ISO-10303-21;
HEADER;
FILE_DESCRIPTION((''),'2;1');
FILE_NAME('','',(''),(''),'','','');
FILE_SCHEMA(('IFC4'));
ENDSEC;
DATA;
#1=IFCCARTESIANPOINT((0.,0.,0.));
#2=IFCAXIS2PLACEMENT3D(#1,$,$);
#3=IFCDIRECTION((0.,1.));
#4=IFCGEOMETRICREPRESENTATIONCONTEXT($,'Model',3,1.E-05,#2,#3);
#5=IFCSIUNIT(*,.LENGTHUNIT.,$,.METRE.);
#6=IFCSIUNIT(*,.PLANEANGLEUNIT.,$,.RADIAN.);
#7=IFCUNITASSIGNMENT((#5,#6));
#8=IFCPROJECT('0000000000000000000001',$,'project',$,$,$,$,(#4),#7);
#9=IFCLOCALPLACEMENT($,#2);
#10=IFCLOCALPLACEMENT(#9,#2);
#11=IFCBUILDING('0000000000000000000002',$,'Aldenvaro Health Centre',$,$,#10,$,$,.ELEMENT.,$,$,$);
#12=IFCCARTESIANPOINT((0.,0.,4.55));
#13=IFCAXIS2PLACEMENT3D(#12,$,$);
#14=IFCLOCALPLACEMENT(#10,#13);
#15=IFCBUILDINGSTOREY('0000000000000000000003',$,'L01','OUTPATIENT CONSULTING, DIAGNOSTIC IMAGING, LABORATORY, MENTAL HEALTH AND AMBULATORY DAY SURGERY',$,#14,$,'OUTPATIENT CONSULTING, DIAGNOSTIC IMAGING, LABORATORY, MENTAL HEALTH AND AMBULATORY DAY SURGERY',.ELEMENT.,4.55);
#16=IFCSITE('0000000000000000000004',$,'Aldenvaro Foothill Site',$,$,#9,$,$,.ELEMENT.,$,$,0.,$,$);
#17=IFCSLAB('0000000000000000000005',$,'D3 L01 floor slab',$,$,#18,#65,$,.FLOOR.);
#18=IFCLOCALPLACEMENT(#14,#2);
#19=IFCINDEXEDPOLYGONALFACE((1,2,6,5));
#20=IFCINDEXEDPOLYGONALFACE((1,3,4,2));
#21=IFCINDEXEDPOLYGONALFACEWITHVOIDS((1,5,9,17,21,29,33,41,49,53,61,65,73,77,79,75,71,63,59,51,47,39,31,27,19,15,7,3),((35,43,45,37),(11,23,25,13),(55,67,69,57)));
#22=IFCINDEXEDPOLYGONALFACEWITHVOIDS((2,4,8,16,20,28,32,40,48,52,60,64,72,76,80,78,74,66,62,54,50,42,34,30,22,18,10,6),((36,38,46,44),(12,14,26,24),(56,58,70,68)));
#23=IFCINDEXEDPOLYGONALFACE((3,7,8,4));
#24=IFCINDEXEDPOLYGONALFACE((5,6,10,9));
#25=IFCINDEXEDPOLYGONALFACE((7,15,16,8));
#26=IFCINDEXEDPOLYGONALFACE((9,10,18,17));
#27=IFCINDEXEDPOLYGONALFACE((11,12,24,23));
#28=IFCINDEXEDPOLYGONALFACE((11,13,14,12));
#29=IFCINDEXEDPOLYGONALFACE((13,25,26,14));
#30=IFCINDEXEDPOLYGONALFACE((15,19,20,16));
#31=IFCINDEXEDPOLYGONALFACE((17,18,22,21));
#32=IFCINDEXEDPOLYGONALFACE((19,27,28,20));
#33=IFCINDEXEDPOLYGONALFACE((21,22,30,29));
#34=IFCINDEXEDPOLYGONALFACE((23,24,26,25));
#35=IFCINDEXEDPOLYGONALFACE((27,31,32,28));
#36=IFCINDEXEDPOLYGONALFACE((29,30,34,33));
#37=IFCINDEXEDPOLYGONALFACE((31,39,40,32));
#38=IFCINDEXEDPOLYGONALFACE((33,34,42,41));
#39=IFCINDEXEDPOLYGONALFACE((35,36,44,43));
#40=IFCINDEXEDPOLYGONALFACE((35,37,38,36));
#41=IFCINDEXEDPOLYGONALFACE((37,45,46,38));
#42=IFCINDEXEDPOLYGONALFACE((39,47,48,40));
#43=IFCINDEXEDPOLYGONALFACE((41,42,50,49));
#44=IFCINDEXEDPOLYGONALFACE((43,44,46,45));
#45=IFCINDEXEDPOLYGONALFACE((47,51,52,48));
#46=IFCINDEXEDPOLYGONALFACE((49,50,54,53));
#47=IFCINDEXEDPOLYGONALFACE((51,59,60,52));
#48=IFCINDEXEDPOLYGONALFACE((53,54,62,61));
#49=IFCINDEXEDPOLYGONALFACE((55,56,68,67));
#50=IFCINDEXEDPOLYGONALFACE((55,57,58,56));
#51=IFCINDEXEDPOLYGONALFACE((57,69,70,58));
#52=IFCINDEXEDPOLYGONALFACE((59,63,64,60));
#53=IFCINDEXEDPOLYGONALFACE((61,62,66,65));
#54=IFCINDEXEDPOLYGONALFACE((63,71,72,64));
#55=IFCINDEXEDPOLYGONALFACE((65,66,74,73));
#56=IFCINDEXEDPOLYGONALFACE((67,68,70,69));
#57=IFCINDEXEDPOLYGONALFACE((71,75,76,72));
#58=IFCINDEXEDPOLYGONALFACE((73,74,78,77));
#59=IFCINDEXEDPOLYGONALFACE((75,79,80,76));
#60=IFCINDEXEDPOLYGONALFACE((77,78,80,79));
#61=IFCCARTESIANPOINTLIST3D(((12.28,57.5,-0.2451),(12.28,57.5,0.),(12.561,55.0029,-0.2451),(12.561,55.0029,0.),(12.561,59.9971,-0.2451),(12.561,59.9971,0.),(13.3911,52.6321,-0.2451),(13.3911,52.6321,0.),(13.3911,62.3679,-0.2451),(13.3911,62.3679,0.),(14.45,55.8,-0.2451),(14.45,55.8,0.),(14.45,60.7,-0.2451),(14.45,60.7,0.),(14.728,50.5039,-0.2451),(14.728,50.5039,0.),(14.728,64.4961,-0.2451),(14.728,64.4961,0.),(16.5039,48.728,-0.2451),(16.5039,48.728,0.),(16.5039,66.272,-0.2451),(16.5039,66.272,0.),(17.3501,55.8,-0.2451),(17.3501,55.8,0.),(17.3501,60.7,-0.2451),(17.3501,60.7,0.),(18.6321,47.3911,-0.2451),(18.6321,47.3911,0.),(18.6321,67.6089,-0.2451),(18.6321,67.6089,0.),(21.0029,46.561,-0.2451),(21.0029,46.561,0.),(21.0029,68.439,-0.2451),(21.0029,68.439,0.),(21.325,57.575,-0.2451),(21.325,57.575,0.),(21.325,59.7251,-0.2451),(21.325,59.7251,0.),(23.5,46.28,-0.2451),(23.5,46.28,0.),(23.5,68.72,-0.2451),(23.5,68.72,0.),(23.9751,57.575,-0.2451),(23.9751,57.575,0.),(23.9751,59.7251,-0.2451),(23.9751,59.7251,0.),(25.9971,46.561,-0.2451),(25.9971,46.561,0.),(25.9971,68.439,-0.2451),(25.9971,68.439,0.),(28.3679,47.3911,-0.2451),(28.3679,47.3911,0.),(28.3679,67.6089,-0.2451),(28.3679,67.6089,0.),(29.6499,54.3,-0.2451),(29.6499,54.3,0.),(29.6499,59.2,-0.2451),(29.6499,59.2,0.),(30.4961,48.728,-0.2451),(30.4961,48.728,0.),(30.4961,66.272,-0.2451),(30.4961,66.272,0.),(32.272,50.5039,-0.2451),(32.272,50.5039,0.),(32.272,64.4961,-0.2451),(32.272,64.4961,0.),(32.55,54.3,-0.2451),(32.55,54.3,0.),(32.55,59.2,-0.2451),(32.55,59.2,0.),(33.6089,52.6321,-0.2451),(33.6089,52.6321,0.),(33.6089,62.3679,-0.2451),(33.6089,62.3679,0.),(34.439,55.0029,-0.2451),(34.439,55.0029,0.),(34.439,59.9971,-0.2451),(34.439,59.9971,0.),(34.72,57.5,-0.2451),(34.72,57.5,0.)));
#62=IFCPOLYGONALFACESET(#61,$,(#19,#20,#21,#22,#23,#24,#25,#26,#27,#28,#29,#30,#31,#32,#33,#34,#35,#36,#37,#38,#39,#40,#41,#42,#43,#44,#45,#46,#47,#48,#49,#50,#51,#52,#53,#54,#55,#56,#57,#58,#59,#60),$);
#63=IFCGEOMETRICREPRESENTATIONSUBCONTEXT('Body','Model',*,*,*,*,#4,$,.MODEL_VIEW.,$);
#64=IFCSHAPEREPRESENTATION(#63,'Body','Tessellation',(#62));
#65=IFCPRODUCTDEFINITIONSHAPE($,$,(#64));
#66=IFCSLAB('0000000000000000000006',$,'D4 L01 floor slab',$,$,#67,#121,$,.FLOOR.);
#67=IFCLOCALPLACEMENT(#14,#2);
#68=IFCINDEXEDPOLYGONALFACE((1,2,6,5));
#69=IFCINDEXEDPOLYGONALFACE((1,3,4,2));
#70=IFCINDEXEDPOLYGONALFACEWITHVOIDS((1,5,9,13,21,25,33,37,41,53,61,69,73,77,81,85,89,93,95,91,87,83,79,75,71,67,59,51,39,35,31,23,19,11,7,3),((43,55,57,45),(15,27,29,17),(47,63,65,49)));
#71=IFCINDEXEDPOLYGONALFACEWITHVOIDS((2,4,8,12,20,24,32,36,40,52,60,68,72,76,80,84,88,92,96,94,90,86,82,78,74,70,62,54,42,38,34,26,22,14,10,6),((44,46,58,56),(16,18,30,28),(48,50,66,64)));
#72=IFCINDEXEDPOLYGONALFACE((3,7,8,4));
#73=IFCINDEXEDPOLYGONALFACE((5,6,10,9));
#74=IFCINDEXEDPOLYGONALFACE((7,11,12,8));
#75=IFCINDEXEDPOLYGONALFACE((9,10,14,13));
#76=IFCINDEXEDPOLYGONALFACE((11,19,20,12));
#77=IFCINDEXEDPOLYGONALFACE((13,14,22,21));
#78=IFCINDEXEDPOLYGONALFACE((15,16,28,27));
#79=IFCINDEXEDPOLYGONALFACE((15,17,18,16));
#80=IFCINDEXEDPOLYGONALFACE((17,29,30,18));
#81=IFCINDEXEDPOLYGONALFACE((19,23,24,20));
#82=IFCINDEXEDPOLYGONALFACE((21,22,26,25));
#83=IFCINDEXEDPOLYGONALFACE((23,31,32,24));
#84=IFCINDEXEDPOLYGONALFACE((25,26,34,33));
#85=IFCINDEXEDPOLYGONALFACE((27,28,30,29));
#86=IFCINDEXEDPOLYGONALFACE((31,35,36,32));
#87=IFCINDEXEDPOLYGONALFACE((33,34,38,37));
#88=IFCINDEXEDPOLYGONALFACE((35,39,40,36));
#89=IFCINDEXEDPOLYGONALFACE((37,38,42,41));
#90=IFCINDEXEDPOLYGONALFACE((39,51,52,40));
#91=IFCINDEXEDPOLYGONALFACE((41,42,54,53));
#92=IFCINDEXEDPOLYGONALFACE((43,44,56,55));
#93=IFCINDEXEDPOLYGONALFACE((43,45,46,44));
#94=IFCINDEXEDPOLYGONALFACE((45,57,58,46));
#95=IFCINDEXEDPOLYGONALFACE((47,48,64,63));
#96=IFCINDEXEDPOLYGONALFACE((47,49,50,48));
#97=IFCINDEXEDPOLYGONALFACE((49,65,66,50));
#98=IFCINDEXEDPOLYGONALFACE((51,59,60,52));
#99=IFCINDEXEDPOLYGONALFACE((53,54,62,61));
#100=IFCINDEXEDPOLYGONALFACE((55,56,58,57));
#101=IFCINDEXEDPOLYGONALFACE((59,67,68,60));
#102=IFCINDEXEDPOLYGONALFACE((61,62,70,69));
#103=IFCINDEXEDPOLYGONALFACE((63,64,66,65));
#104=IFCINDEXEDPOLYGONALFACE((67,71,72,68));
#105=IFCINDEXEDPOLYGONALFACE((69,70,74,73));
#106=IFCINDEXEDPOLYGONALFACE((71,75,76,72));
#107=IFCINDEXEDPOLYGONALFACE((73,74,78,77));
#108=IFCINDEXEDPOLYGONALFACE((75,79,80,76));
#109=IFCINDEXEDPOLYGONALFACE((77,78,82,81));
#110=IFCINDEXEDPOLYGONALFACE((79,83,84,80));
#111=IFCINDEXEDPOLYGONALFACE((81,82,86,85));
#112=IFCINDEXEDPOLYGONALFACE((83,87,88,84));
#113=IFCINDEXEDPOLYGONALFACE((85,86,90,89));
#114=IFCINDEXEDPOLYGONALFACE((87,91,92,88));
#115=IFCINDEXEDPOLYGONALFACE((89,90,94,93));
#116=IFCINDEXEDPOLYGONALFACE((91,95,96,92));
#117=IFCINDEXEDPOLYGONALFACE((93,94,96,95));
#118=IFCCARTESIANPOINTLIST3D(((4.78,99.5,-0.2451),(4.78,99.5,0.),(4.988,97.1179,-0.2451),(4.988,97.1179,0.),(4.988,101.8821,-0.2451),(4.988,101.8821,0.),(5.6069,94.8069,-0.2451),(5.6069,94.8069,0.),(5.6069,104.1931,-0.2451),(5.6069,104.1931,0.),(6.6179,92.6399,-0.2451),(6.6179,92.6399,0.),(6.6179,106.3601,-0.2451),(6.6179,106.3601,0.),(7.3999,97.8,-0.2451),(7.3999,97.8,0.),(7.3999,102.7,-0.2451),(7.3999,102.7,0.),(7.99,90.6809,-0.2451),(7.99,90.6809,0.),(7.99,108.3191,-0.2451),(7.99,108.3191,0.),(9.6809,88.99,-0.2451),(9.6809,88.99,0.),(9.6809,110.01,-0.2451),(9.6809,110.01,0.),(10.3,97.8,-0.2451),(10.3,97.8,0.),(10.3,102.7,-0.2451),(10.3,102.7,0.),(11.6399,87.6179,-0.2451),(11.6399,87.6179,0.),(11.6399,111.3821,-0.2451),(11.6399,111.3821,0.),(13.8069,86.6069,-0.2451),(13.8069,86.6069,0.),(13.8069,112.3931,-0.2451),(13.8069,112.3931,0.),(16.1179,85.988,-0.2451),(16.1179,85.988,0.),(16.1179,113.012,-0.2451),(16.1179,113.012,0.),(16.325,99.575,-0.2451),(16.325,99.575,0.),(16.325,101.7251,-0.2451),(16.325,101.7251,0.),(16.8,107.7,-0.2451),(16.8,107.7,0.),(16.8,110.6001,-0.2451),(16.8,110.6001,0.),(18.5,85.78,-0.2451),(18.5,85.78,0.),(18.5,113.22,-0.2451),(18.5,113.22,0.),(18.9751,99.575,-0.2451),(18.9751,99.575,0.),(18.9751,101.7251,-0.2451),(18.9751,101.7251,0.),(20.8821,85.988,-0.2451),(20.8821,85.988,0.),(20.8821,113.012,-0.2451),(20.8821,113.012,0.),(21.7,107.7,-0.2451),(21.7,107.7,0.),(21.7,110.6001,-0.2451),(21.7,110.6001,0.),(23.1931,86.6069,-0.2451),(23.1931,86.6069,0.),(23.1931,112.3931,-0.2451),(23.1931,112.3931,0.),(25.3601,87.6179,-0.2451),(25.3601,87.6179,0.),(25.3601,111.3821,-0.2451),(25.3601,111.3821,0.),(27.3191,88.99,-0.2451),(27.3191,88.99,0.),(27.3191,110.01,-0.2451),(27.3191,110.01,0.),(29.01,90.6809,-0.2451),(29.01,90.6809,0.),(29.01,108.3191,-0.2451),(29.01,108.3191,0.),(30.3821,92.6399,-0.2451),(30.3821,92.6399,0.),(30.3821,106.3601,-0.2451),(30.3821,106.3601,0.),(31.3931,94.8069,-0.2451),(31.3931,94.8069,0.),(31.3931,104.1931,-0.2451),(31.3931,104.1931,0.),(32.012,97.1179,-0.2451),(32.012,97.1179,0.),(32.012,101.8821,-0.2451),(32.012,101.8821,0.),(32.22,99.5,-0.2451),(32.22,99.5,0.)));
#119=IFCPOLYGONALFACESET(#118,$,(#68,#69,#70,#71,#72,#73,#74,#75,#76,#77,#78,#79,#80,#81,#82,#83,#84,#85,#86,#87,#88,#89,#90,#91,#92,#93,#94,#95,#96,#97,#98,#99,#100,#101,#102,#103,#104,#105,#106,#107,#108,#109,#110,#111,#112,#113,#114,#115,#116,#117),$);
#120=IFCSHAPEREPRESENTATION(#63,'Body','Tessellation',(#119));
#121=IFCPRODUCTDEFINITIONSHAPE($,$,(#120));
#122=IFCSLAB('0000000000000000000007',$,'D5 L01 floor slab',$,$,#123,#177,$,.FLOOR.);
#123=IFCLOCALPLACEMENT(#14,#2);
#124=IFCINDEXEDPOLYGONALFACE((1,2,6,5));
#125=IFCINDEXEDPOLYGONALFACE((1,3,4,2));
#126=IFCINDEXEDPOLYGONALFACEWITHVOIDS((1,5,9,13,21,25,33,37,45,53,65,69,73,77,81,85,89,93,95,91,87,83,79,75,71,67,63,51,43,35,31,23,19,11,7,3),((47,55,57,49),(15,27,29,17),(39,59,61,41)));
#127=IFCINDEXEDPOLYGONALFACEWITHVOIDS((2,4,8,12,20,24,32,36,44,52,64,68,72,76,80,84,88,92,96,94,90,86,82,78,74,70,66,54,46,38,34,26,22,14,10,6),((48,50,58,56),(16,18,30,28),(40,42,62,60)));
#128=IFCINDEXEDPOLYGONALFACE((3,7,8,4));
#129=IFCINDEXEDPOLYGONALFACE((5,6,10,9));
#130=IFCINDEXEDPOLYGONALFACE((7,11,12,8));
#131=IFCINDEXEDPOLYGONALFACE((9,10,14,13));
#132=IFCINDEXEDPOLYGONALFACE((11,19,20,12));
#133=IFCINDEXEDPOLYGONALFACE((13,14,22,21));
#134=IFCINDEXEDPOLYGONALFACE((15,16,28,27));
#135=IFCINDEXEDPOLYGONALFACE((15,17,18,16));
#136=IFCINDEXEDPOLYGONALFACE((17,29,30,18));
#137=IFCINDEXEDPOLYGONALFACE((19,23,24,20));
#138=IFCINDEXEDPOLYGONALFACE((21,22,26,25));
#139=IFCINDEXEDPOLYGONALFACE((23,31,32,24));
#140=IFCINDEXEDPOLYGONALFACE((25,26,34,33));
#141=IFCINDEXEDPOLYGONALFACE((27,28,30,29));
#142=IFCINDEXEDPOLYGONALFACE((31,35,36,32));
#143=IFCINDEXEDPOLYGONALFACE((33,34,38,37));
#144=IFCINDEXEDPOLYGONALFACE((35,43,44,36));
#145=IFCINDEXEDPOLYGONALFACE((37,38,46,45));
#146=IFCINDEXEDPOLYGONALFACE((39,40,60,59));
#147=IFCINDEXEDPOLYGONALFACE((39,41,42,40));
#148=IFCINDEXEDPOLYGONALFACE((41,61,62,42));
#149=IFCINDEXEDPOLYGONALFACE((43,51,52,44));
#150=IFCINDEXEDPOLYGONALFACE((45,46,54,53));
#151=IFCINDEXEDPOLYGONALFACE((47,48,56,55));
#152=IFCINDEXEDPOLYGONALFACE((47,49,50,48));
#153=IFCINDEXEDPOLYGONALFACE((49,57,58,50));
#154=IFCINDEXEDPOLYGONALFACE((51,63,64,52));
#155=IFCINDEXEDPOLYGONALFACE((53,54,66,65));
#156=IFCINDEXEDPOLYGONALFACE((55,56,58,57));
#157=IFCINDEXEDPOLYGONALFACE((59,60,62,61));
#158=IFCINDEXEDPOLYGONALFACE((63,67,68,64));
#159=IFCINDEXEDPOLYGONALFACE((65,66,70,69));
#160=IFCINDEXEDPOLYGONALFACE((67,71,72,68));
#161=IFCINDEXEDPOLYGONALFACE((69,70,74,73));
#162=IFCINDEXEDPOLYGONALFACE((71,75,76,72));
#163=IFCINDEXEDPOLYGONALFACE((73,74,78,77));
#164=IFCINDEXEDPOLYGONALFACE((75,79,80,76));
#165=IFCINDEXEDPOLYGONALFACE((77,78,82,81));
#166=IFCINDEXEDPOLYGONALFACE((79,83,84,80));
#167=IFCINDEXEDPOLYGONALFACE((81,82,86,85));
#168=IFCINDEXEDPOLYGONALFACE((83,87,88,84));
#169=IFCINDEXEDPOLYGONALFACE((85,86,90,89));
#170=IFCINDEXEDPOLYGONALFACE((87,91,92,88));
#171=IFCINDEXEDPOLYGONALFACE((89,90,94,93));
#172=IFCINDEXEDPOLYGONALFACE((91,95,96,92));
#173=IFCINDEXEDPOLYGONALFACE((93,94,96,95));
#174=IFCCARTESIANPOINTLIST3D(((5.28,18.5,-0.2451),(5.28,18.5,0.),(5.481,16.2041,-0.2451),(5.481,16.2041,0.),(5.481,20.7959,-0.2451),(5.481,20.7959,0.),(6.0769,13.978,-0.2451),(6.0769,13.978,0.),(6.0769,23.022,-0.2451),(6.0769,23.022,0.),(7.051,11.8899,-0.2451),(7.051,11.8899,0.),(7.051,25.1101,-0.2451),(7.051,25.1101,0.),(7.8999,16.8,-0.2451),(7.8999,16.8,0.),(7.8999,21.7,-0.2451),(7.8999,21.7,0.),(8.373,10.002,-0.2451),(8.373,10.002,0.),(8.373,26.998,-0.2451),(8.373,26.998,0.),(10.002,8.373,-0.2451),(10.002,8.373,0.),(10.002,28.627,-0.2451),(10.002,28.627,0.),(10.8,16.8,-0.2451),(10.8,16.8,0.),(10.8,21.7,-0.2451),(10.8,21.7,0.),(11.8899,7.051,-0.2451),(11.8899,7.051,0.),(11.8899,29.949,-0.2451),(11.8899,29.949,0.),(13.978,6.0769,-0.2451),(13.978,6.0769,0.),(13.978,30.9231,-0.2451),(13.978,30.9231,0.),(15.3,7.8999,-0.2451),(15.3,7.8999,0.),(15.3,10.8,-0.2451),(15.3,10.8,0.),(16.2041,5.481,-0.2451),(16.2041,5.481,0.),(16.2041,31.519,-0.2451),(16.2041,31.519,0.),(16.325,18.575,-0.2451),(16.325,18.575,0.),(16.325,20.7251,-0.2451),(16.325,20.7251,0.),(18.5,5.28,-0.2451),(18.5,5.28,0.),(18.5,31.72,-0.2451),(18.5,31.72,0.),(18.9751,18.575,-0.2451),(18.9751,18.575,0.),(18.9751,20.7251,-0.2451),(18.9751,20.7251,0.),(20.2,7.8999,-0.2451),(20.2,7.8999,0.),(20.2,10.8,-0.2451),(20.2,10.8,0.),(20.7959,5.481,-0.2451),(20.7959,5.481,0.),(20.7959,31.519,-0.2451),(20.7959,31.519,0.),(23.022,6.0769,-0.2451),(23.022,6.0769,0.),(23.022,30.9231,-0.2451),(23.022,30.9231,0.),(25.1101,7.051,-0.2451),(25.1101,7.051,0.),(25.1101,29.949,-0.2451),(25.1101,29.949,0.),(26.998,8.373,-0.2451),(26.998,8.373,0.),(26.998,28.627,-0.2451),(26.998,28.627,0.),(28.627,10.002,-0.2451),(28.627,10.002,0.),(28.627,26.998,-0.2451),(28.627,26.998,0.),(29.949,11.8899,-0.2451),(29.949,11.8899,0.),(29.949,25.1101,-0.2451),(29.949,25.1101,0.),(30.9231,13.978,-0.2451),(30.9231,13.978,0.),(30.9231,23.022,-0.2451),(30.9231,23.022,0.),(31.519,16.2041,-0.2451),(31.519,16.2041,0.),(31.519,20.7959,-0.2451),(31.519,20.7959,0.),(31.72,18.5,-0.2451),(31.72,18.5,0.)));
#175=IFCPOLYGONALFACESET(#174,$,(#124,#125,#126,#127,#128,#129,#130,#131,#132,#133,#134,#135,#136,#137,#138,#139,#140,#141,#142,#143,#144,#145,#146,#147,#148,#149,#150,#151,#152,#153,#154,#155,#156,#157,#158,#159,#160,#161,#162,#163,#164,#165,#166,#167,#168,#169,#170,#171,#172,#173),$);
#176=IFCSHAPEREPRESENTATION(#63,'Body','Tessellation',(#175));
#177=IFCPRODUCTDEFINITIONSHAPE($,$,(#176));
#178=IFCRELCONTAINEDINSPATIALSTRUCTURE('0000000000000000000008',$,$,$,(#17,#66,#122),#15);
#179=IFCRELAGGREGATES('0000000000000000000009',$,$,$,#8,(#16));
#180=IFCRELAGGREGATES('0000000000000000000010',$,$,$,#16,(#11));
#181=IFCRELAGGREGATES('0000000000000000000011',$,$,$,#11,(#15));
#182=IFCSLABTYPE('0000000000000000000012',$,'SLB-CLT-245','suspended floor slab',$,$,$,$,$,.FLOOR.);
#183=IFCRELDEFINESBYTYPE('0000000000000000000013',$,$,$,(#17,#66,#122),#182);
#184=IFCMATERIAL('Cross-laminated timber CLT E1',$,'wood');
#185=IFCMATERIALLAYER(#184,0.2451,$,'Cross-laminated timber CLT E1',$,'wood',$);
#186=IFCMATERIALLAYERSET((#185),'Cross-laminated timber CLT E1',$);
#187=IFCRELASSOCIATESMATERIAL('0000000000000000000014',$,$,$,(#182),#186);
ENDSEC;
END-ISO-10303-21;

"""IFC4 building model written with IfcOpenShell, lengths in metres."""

from ifc_helpers import new_model, si_unit, direction, frame, origin, place, context, subcontext, project, spatial, polyline, outline, extrude, material, layer, layer_set, type_object, element, save


model = new_model("IFC4")

# Units and contexts
model_context = context("Model", 3, precision=1e-05, world=origin(), true_north=direction((0.0, 1.0)))
body_context = subcontext(model_context, "Body", "Model", "MODEL_VIEW")
ifc_project = project(units=[si_unit("LENGTHUNIT", "METRE"), si_unit("PLANEANGLEUNIT", "RADIAN")], contexts=[model_context])

# Site, building, storey
site_placement = place(None, origin())
site = spatial("IfcSite", under=ifc_project, at=site_placement, Name="Aldenvaro Foothill Site", CompositionType="ELEMENT", RefElevation=0.0)
building_placement = place(site_placement, origin())
building = spatial("IfcBuilding", under=site, at=building_placement, Name="Aldenvaro Health Centre", CompositionType="ELEMENT")
storey_placement = place(building_placement, frame((0.0, 0.0, 4.55)))
storey = spatial("IfcBuildingStorey", under=building, at=storey_placement, Name="L01", Description="OUTPATIENT CONSULTING, DIAGNOSTIC IMAGING, LABORATORY, MENTAL HEALTH AND AMBULATORY DAY SURGERY", LongName="OUTPATIENT CONSULTING, DIAGNOSTIC IMAGING, LABORATORY, MENTAL HEALTH AND AMBULATORY DAY SURGERY", CompositionType="ELEMENT", Elevation=4.55)

# Slabs
ifc_material_1 = material(Name="Cross-laminated timber CLT E1", Category="wood")
ifc_layer_1 = layer(ifc_material_1, 0.2451, Name="Cross-laminated timber CLT E1", Category="wood")
ifc_layer_set_1 = layer_set([ifc_layer_1], Name="Cross-laminated timber CLT E1")
slab_type_1 = type_object("IfcSlabType", Name="SLB-CLT-245", Description="suspended floor slab", PredefinedType="FLOOR", material=ifc_layer_set_1)
slab_1_placement = place(storey_placement, frame((0.0, 0.0, -0.2451)))
element("IfcSlab", 1, at=slab_1_placement, inside=storey, type_object=slab_type_1, Name="D3 L01 floor slab", PredefinedType="FLOOR", context=body_context, shape_type="SweptSolid", body=[
    extrude(outline(polyline([(34.72, 57.5), (34.439, 59.9971), (33.6089, 62.3679), (32.272, 64.4961), (30.4961, 66.272), (28.3679, 67.6089), (25.9971, 68.439), (23.5, 68.72), (21.0029, 68.439), (18.6321, 67.6089), (16.5039, 66.272), (14.728, 64.4961), (13.3911, 62.3679), (12.561, 59.9971), (12.28, 57.5), (12.561, 55.0029), (13.3911, 52.6321), (14.728, 50.5039), (16.5039, 48.728), (18.6321, 47.3911), (21.0029, 46.561), (23.5, 46.28), (25.9971, 46.561), (28.3679, 47.3911), (30.4961, 48.728), (32.272, 50.5039), (33.6089, 52.6321), (34.439, 55.0029), (34.72, 57.5)]), holes=[polyline([(29.6499, 59.2), (29.6499, 54.3), (32.55, 54.3), (32.55, 59.2), (29.6499, 59.2)]), polyline([(17.3501, 55.8), (17.3501, 60.7), (14.45, 60.7), (14.45, 55.8), (17.3501, 55.8)]), polyline([(21.325, 57.575), (23.9751, 57.575), (23.9751, 59.7251), (21.325, 59.7251), (21.325, 57.575)])]), origin(), (0.0, 0.0, 1.0), 0.2451),
])
slab_2_placement = place(storey_placement, frame((0.0, 0.0, -0.2451)))
element("IfcSlab", 2, at=slab_2_placement, inside=storey, type_object=slab_type_1, Name="D4 L01 floor slab", PredefinedType="FLOOR", context=body_context, shape_type="SweptSolid", body=[
    extrude(outline(polyline([(32.22, 99.5), (32.012, 101.8821), (31.3931, 104.1931), (30.3821, 106.3601), (29.01, 108.3191), (27.3191, 110.01), (25.3601, 111.3821), (23.1931, 112.3931), (20.8821, 113.012), (18.5, 113.22), (16.1179, 113.012), (13.8069, 112.3931), (11.6399, 111.3821), (9.6809, 110.01), (7.99, 108.3191), (6.6179, 106.3601), (5.6069, 104.1931), (4.988, 101.8821), (4.78, 99.5), (4.988, 97.1179), (5.6069, 94.8069), (6.6179, 92.6399), (7.99, 90.6809), (9.6809, 88.99), (11.6399, 87.6179), (13.8069, 86.6069), (16.1179, 85.988), (18.5, 85.78), (20.8821, 85.988), (23.1931, 86.6069), (25.3601, 87.6179), (27.3191, 88.99), (29.01, 90.6809), (30.3821, 92.6399), (31.3931, 94.8069), (32.012, 97.1179), (32.22, 99.5)]), holes=[polyline([(16.8, 107.7), (21.7, 107.7), (21.7, 110.6001), (16.8, 110.6001), (16.8, 107.7)]), polyline([(10.3, 97.8), (10.3, 102.7), (7.3999, 102.7), (7.3999, 97.8), (10.3, 97.8)]), polyline([(16.325, 99.575), (18.9751, 99.575), (18.9751, 101.7251), (16.325, 101.7251), (16.325, 99.575)])]), origin(), (0.0, 0.0, 1.0), 0.2451),
])
slab_3_placement = place(storey_placement, frame((0.0, 0.0, -0.2451)))
element("IfcSlab", 3, at=slab_3_placement, inside=storey, type_object=slab_type_1, Name="D5 L01 floor slab", PredefinedType="FLOOR", context=body_context, shape_type="SweptSolid", body=[
    extrude(outline(polyline([(31.72, 18.5), (31.519, 20.7959), (30.9231, 23.022), (29.949, 25.1101), (28.627, 26.998), (26.998, 28.627), (25.1101, 29.949), (23.022, 30.9231), (20.7959, 31.519), (18.5, 31.72), (16.2041, 31.519), (13.978, 30.9231), (11.8899, 29.949), (10.002, 28.627), (8.373, 26.998), (7.051, 25.1101), (6.0769, 23.022), (5.481, 20.7959), (5.28, 18.5), (5.481, 16.2041), (6.0769, 13.978), (7.051, 11.8899), (8.373, 10.002), (10.002, 8.373), (11.8899, 7.051), (13.978, 6.0769), (16.2041, 5.481), (18.5, 5.28), (20.7959, 5.481), (23.022, 6.0769), (25.1101, 7.051), (26.998, 8.373), (28.627, 10.002), (29.949, 11.8899), (30.9231, 13.978), (31.519, 16.2041), (31.72, 18.5)]), holes=[polyline([(10.8, 16.8), (10.8, 21.7), (7.8999, 21.7), (7.8999, 16.8), (10.8, 16.8)]), polyline([(20.2, 10.8), (15.3, 10.8), (15.3, 7.8999), (20.2, 7.8999), (20.2, 10.8)]), polyline([(16.325, 18.575), (18.9751, 18.575), (18.9751, 20.7251), (16.325, 20.7251), (16.325, 18.575)])]), origin(), (0.0, 0.0, 1.0), 0.2451),
])

save(model, "model.ifc")
